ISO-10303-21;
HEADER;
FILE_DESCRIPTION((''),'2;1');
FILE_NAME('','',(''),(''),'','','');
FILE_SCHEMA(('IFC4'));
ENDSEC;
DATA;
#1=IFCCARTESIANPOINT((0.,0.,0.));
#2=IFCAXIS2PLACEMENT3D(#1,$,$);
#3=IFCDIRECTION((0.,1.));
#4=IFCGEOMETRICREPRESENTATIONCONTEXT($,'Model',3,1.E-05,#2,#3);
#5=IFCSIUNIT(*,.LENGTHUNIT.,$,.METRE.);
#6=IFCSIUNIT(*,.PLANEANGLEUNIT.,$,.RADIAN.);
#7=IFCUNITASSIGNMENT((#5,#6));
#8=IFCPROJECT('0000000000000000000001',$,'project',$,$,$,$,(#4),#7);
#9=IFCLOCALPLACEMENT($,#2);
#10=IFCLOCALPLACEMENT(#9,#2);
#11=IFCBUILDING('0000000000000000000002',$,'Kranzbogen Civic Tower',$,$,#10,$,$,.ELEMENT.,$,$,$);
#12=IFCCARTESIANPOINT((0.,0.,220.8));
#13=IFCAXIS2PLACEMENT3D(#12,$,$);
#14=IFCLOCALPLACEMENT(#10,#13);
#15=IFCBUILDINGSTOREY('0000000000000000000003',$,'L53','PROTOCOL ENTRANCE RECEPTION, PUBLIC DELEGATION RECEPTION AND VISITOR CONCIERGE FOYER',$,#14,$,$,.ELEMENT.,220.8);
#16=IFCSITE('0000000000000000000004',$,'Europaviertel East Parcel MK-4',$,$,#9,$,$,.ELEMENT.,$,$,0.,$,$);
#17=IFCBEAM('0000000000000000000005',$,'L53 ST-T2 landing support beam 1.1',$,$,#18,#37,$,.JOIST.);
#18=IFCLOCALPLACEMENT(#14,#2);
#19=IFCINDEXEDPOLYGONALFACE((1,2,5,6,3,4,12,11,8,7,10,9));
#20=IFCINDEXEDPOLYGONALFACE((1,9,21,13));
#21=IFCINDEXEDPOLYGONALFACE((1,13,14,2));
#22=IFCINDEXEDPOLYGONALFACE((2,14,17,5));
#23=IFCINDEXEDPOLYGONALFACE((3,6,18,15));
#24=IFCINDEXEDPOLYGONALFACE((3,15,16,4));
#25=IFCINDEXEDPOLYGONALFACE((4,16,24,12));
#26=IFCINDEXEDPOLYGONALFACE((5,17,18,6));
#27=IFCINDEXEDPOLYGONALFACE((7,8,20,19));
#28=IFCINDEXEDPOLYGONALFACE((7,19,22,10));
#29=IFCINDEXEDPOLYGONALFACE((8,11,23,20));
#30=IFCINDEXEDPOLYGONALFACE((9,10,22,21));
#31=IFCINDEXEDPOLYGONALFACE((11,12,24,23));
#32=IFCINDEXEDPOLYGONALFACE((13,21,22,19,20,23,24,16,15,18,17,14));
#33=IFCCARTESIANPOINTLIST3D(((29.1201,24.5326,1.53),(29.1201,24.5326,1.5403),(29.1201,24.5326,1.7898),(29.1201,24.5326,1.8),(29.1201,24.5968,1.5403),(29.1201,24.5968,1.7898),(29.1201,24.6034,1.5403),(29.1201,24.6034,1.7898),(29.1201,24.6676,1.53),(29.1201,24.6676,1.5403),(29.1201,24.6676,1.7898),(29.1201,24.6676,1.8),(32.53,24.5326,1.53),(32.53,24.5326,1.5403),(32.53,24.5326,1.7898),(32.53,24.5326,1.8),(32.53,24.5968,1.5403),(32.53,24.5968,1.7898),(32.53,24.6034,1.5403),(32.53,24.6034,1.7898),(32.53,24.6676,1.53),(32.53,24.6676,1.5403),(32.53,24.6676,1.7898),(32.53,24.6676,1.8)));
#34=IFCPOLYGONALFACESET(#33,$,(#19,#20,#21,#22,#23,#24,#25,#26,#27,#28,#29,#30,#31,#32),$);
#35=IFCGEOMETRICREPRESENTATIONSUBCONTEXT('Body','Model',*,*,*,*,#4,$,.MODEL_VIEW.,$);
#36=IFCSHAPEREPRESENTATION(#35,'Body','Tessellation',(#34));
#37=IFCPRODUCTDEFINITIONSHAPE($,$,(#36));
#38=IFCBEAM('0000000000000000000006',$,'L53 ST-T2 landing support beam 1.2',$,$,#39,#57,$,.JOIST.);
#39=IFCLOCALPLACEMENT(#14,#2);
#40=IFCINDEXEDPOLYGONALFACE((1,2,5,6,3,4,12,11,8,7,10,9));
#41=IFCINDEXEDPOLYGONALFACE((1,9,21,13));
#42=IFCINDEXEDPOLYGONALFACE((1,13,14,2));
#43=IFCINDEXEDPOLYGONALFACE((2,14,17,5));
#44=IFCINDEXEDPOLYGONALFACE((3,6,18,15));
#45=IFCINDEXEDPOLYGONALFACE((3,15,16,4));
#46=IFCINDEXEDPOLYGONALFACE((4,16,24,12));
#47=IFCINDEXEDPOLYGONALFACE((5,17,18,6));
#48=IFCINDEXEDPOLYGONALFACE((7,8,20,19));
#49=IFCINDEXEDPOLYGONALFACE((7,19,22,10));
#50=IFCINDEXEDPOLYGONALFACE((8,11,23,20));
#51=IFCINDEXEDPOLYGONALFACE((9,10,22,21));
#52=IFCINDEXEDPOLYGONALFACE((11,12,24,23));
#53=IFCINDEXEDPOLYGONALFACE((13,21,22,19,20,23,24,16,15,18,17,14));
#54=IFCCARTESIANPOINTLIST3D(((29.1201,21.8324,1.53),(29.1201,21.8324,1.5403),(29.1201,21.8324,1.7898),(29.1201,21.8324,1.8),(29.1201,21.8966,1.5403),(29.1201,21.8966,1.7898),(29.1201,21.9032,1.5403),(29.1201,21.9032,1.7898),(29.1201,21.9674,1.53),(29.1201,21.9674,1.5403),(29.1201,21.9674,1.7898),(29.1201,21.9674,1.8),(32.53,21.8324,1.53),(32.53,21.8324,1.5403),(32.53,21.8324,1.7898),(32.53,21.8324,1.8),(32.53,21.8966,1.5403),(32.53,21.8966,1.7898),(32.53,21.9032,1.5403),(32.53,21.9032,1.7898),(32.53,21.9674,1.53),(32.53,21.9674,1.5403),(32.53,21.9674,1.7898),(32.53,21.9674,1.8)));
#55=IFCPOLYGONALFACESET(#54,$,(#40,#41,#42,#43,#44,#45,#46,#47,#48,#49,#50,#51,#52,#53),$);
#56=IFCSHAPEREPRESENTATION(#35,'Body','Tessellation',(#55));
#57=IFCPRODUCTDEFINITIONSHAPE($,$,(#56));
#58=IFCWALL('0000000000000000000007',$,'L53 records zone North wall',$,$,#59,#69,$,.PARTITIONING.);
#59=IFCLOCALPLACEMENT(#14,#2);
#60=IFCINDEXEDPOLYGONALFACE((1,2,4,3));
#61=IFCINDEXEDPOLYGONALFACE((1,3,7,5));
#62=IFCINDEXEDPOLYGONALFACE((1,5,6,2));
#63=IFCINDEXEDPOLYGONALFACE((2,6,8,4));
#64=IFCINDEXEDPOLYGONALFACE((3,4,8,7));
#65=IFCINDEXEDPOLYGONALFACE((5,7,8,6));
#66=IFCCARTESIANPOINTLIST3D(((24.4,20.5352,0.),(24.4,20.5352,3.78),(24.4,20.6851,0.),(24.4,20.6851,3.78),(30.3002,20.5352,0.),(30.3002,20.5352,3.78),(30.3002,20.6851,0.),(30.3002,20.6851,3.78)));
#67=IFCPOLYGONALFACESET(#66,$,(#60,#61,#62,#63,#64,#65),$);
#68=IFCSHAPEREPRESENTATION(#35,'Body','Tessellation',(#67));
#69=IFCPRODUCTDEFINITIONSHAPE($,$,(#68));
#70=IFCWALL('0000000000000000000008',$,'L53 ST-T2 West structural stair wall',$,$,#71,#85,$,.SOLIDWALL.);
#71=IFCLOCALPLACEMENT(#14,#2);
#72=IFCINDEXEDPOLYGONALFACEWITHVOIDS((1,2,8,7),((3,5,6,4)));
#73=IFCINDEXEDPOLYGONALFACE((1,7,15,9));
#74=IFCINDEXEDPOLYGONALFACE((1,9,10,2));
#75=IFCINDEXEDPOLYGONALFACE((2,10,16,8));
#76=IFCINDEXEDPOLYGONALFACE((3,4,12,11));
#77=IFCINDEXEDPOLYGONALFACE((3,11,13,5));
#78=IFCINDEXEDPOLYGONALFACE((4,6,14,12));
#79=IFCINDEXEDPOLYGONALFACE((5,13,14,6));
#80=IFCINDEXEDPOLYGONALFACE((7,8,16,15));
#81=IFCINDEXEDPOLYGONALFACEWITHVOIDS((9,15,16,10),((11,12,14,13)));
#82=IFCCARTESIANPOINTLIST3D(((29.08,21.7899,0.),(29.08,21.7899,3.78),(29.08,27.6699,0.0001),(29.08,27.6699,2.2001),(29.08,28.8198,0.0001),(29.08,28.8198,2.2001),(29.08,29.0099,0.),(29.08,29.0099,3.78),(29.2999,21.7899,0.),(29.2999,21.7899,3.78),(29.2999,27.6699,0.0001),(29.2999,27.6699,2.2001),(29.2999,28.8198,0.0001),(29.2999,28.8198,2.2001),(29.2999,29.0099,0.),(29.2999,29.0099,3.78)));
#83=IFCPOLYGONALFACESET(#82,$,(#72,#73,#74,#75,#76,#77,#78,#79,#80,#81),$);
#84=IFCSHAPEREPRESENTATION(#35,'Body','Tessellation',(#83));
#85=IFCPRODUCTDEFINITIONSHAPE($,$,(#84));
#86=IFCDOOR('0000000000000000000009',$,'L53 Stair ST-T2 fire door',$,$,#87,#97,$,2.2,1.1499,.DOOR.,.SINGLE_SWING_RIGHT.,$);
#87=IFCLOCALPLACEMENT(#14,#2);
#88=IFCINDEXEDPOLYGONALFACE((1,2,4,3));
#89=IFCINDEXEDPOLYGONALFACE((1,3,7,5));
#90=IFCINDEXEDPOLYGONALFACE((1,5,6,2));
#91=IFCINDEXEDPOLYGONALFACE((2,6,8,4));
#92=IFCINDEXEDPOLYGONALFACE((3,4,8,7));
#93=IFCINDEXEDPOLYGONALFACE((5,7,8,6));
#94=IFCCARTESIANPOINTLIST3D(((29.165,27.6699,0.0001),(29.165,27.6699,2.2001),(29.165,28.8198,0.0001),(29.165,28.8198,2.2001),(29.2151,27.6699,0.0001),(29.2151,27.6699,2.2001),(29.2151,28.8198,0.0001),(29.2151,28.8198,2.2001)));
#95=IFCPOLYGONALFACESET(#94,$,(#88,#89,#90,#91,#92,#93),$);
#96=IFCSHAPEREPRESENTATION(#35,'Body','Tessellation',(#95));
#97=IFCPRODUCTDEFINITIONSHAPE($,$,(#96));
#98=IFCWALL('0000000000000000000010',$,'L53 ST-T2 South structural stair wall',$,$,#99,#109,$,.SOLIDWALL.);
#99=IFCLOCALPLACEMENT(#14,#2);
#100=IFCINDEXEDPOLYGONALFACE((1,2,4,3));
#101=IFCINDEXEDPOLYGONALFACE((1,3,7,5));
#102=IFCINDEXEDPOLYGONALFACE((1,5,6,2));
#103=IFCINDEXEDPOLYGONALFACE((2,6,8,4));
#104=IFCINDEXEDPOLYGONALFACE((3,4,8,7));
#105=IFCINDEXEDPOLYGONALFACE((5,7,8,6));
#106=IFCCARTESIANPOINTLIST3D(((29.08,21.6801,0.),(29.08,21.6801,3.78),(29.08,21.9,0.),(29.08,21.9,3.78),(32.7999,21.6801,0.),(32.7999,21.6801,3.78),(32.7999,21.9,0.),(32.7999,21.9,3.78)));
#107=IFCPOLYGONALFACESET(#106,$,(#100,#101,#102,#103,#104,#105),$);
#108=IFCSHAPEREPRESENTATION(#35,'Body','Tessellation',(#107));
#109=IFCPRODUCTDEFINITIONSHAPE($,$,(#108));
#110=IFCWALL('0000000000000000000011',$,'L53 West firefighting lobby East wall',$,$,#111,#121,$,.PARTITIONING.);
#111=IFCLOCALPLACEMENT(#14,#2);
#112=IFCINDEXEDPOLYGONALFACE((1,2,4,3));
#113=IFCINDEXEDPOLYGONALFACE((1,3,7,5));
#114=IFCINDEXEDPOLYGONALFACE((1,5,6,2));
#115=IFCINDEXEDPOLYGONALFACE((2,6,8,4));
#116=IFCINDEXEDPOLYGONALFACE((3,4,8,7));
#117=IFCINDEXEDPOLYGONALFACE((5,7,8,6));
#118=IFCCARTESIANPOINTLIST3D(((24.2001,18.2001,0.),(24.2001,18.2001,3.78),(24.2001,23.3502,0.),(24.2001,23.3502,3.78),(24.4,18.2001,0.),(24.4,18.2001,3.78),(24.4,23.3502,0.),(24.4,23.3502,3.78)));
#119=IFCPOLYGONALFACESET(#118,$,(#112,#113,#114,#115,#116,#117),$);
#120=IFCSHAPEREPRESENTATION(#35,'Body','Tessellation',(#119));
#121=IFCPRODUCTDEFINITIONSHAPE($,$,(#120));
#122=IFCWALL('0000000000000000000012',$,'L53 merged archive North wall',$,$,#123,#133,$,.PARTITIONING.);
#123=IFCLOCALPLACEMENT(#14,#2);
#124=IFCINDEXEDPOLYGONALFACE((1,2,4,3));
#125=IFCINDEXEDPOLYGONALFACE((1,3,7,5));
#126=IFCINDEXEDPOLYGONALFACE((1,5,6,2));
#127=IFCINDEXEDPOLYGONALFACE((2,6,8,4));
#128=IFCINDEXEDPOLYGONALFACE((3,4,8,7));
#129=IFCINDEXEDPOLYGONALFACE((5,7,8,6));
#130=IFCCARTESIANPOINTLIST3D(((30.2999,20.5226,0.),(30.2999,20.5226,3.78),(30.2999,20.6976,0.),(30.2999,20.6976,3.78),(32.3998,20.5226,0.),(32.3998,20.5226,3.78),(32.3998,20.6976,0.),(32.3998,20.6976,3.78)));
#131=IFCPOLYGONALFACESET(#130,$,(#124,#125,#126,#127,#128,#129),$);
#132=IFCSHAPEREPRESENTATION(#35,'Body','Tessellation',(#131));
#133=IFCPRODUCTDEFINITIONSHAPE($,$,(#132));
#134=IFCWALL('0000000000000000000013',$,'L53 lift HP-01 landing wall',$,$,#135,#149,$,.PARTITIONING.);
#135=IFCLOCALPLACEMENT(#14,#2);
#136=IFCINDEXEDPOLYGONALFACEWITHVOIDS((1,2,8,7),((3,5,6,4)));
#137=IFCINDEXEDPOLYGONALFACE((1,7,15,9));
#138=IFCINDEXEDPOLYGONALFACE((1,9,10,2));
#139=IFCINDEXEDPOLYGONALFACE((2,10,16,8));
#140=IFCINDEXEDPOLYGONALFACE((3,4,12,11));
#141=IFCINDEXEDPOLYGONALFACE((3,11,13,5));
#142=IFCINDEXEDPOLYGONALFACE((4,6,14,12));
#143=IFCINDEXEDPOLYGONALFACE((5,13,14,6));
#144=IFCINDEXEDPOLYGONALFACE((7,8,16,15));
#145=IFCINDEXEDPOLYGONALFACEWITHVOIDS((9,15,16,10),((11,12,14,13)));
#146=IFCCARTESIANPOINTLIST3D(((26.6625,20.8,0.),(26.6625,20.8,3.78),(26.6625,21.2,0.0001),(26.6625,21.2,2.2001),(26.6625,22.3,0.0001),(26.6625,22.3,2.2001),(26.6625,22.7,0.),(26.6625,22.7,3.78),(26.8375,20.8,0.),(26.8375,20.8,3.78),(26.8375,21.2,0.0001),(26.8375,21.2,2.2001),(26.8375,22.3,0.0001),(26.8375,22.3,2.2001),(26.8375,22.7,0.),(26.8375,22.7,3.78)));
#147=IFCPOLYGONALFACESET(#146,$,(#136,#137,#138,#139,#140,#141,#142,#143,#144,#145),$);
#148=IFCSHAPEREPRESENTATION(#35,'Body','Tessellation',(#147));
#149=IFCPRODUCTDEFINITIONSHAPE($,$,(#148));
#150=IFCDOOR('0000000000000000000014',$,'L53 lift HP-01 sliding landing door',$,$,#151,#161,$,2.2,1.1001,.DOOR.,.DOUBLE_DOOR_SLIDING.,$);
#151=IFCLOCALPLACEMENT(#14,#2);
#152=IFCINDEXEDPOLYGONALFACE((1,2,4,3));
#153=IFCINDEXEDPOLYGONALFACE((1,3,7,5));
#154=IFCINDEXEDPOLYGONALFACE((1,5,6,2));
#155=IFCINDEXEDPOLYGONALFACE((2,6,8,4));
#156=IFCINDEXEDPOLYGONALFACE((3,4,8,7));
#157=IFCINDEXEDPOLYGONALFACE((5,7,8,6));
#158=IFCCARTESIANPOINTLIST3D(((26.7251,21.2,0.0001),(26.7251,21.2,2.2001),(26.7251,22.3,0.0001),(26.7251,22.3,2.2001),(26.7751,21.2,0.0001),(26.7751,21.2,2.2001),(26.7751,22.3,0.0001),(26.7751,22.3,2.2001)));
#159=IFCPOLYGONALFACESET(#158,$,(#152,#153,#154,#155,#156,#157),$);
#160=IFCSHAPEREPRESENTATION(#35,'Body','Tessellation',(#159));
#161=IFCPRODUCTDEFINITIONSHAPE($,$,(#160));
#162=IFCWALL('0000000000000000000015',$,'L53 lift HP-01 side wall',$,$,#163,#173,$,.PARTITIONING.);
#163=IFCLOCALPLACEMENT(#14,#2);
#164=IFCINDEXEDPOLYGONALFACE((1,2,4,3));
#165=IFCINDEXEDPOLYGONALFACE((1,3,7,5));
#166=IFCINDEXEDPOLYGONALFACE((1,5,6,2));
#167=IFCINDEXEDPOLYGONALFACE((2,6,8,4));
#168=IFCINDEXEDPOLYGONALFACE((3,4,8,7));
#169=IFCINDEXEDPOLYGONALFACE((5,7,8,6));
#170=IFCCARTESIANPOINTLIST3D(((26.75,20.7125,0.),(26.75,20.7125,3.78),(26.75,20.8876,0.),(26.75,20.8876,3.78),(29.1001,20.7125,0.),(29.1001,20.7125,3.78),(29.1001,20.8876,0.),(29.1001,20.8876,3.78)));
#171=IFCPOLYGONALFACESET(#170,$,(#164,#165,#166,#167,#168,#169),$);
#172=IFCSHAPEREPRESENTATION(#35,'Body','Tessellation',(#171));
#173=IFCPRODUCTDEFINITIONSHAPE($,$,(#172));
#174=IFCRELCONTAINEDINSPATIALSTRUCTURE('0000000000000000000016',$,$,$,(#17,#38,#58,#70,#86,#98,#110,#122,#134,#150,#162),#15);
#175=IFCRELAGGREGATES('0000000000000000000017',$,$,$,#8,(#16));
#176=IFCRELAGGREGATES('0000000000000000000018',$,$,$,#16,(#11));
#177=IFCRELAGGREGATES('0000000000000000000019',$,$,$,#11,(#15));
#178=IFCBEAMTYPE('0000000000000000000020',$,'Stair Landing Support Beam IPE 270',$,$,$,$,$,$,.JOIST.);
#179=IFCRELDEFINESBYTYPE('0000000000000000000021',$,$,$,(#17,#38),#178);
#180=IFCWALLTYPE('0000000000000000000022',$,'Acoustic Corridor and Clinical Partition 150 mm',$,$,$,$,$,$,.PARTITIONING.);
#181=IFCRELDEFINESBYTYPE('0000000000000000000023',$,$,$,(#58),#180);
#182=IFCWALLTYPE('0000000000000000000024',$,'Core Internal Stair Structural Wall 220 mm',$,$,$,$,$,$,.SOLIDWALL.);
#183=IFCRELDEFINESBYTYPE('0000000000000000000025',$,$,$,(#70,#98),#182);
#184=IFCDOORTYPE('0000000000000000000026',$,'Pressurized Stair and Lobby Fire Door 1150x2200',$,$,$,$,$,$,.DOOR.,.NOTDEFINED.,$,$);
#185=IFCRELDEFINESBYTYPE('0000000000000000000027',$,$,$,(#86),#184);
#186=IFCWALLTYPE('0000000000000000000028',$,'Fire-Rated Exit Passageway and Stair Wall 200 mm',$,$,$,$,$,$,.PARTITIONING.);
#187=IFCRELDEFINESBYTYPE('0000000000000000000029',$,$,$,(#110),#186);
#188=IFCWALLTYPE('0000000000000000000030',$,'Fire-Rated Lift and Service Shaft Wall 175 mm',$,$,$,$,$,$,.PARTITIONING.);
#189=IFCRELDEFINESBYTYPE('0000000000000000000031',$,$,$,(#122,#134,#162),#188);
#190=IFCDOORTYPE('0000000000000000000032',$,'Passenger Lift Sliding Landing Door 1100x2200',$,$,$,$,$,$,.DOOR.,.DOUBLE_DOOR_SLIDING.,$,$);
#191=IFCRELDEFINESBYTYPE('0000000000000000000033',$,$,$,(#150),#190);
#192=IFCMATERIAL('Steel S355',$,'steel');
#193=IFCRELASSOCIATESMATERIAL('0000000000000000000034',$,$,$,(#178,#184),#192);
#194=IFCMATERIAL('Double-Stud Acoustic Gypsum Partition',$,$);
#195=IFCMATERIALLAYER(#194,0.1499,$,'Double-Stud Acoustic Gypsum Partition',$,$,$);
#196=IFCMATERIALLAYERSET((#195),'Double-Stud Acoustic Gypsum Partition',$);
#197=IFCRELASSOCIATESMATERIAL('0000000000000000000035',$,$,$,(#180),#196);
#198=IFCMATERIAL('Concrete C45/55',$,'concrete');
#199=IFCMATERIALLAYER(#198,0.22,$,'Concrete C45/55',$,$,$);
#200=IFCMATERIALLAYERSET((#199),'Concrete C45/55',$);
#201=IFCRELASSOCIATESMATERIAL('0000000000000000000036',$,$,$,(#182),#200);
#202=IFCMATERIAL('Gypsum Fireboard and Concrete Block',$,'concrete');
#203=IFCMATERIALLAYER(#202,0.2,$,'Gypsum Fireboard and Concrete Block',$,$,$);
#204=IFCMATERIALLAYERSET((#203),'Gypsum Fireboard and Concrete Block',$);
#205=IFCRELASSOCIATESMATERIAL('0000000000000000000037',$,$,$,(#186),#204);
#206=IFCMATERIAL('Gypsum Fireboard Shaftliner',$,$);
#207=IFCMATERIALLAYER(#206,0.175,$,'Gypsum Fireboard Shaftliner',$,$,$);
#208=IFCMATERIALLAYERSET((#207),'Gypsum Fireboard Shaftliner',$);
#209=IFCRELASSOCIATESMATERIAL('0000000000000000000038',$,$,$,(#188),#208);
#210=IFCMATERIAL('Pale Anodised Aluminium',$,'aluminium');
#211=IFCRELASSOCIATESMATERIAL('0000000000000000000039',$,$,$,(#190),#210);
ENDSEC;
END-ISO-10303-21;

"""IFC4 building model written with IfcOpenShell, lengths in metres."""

from ifc_helpers import new_model, si_unit, direction, frame, frame_2d, origin, origin_2d, place, context, subcontext, project, spatial, rectangle, i_section, extrude, material, layer, layer_set, material_profile, profile_set, type_object, element, fill, save


model = new_model("IFC4")

# Units and contexts
model_context = context("Model", 3, precision=1e-05, world=origin(), true_north=direction((0.0, 1.0)))
body_context = subcontext(model_context, "Body", "Model", "MODEL_VIEW")
ifc_project = project(units=[si_unit("LENGTHUNIT", "METRE"), si_unit("PLANEANGLEUNIT", "RADIAN")], contexts=[model_context])

# Site, building, storey
site_placement = place(None, origin())
site = spatial("IfcSite", under=ifc_project, at=site_placement, Name="Europaviertel East Parcel MK-4", CompositionType="ELEMENT", RefElevation=0.0)
building_placement = place(site_placement, origin())
building = spatial("IfcBuilding", under=site, at=building_placement, Name="Kranzbogen Civic Tower", CompositionType="ELEMENT")
storey_placement = place(building_placement, frame((0.0, 0.0, 220.8)))
storey = spatial("IfcBuildingStorey", under=building, at=storey_placement, Name="L53", Description="PROTOCOL ENTRANCE RECEPTION, PUBLIC DELEGATION RECEPTION AND VISITOR CONCIERGE FOYER", CompositionType="ELEMENT", Elevation=220.8)

# Beams
ifc_material_1 = material(Name="Steel S355", Category="steel")
ifc_material_profile = material_profile(ifc_material_1, i_section(OverallWidth=0.135, OverallDepth=0.27, WebThickness=0.0066, FlangeThickness=0.0103, at=origin_2d()), Name="IPE 270")
ifc_profile_set = profile_set([ifc_material_profile], Name="Steel S355")
beam_type = type_object("IfcBeamType", Name="Stair Landing Support Beam IPE 270", PredefinedType="JOIST", material=ifc_profile_set)
for number, where, z_axis, x_axis, name in (
    (1, (29.1201, 24.6001, 1.665), (1.0, 0.0, 0.0), (0.0, 1.0, 0.0), "L53 ST-T2 landing support beam 1.1"),
    (2, (29.1201, 21.8999, 1.665), (1.0, 0.0, 0.0), (0.0, 1.0, 0.0), "L53 ST-T2 landing support beam 1.2"),
):
    element("IfcBeam", number, at=place(storey_placement, frame(where, z_axis=z_axis, x_axis=x_axis)), inside=storey, type_object=beam_type, Name=name, PredefinedType="JOIST", context=body_context, shape_type="SweptSolid", body=[
        extrude(i_section(OverallWidth=0.135, OverallDepth=0.27, WebThickness=0.0066, FlangeThickness=0.0103, at=origin_2d()), origin(), (0.0, 0.0, 1.0), 3.4099),
    ])

# Wall
ifc_material_2 = material(Name="Double-Stud Acoustic Gypsum Partition")
ifc_layer_1 = layer(ifc_material_2, 0.1499, Name="Double-Stud Acoustic Gypsum Partition")
ifc_layer_set_1 = layer_set([ifc_layer_1], Name="Double-Stud Acoustic Gypsum Partition")
wall_type_1 = type_object("IfcWallType", Name="Acoustic Corridor and Clinical Partition 150 mm", PredefinedType="PARTITIONING", material=ifc_layer_set_1)
wall_1_placement = place(storey_placement, frame((24.3999, 20.6101, 0.0), z_axis=(0.0, 0.0, 1.0), x_axis=(1.0, 0.0, 0.0)))
element("IfcWall", 3, at=wall_1_placement, inside=storey, type_object=wall_type_1, Name="L53 records zone North wall", PredefinedType="PARTITIONING", context=body_context, shape_type="SweptSolid", body=[
    extrude(rectangle(XDim=5.9001, YDim=0.1499, at=frame_2d((2.9502, 0.0))), origin(), (0.0, 0.0, 1.0), 3.78),
])

# Wall, opening, door
ifc_material_3 = material(Name="Concrete C45/55", Category="concrete")
ifc_layer_2 = layer(ifc_material_3, 0.22, Name="Concrete C45/55")
ifc_layer_set_2 = layer_set([ifc_layer_2], Name="Concrete C45/55")
wall_type_2 = type_object("IfcWallType", Name="Core Internal Stair Structural Wall 220 mm", PredefinedType="SOLIDWALL", material=ifc_layer_set_2)
wall_2_placement = place(storey_placement, frame((29.1899, 21.79, 0.0), z_axis=(0.0, 0.0, 1.0), x_axis=(0.0, 1.0, 0.0)))
wall_2 = element("IfcWall", 4, at=wall_2_placement, inside=storey, type_object=wall_type_2, Name="L53 ST-T2 West structural stair wall", PredefinedType="SOLIDWALL", context=body_context, shape_type="SweptSolid", body=[
    extrude(rectangle(XDim=7.22, YDim=0.22, at=frame_2d((3.6099, 0.0))), origin(), (0.0, 0.0, 1.0), 3.78),
])
opening_1_placement = place(wall_2_placement, frame((5.8799, 0.0, 0.0)))
opening_1 = element("IfcOpeningElement", 5, at=opening_1_placement, cuts=wall_2, PredefinedType="OPENING", context=body_context, shape_type="SweptSolid", body=[
    extrude(rectangle(XDim=1.1499, YDim=2.2, at=frame_2d((0.575, 1.1001))), frame((0.0, 0.1201, 0.0), z_axis=(0.0, -1.0, 0.0), x_axis=(1.0, 0.0, 0.0)), (0.0, 0.0, 1.0), 0.24),
])
door_type_1 = type_object("IfcDoorType", Name="Pressurized Stair and Lobby Fire Door 1150x2200", OperationType="NOTDEFINED", PredefinedType="DOOR", material=ifc_material_1)
door_1_placement = place(opening_1_placement, origin())
door_1 = element("IfcDoor", 6, at=door_1_placement, inside=storey, type_object=door_type_1, Name="L53 Stair ST-T2 fire door", OperationType="SINGLE_SWING_RIGHT", OverallHeight=2.2, OverallWidth=1.1499, PredefinedType="DOOR", context=body_context, shape_type="SweptSolid", body=[
    extrude(rectangle(XDim=1.1499, YDim=2.2, at=frame_2d((0.575, 1.1001))), frame((0.0, 0.0249, 0.0), z_axis=(0.0, -1.0, 0.0), x_axis=(1.0, 0.0, 0.0)), (0.0, 0.0, 1.0), 0.05),
])
fill(opening_1, door_1)

# Walls
wall_3_placement = place(storey_placement, frame((29.0801, 21.79, 0.0), z_axis=(0.0, 0.0, 1.0), x_axis=(1.0, 0.0, 0.0)))
element("IfcWall", 7, at=wall_3_placement, inside=storey, type_object=wall_type_2, Name="L53 ST-T2 South structural stair wall", PredefinedType="SOLIDWALL", context=body_context, shape_type="SweptSolid", body=[
    extrude(rectangle(XDim=3.72, YDim=0.22, at=frame_2d((1.8599, 0.0))), origin(), (0.0, 0.0, 1.0), 3.78),
])
ifc_material_4 = material(Name="Gypsum Fireboard and Concrete Block", Category="concrete")
ifc_layer_3 = layer(ifc_material_4, 0.2, Name="Gypsum Fireboard and Concrete Block")
ifc_layer_set_3 = layer_set([ifc_layer_3], Name="Gypsum Fireboard and Concrete Block")
wall_type_3 = type_object("IfcWallType", Name="Fire-Rated Exit Passageway and Stair Wall 200 mm", PredefinedType="PARTITIONING", material=ifc_layer_set_3)
wall_4_placement = place(storey_placement, frame((24.3, 18.2, 0.0), z_axis=(0.0, 0.0, 1.0), x_axis=(0.0, 1.0, 0.0)))
element("IfcWall", 8, at=wall_4_placement, inside=storey, type_object=wall_type_3, Name="L53 West firefighting lobby East wall", PredefinedType="PARTITIONING", context=body_context, shape_type="SweptSolid", body=[
    extrude(rectangle(XDim=5.1501, YDim=0.2, at=frame_2d((2.5752, 0.0))), origin(), (0.0, 0.0, 1.0), 3.78),
])
ifc_material_5 = material(Name="Gypsum Fireboard Shaftliner")
ifc_layer_4 = layer(ifc_material_5, 0.175, Name="Gypsum Fireboard Shaftliner")
ifc_layer_set_4 = layer_set([ifc_layer_4], Name="Gypsum Fireboard Shaftliner")
wall_type_4 = type_object("IfcWallType", Name="Fire-Rated Lift and Service Shaft Wall 175 mm", PredefinedType="PARTITIONING", material=ifc_layer_set_4)
wall_5_placement = place(storey_placement, frame((30.3, 20.6101, 0.0), z_axis=(0.0, 0.0, 1.0), x_axis=(1.0, 0.0, 0.0)))
element("IfcWall", 9, at=wall_5_placement, inside=storey, type_object=wall_type_4, Name="L53 merged archive North wall", PredefinedType="PARTITIONING", context=body_context, shape_type="SweptSolid", body=[
    extrude(rectangle(XDim=2.0999, YDim=0.175, at=frame_2d((1.0498, 0.0))), origin(), (0.0, 0.0, 1.0), 3.78),
])

# Wall, opening, door
wall_6_placement = place(storey_placement, frame((26.75, 20.8, 0.0), z_axis=(0.0, 0.0, 1.0), x_axis=(0.0, 1.0, 0.0)))
wall_6 = element("IfcWall", 10, at=wall_6_placement, inside=storey, type_object=wall_type_4, Name="L53 lift HP-01 landing wall", PredefinedType="PARTITIONING", context=body_context, shape_type="SweptSolid", body=[
    extrude(rectangle(XDim=1.8999, YDim=0.175, at=frame_2d((0.95, 0.0))), origin(), (0.0, 0.0, 1.0), 3.78),
])
opening_2_placement = place(wall_6_placement, frame((0.3999, 0.0, 0.0)))
opening_2 = element("IfcOpeningElement", 11, at=opening_2_placement, cuts=wall_6, PredefinedType="OPENING", context=body_context, shape_type="SweptSolid", body=[
    extrude(rectangle(XDim=1.1001, YDim=2.2, at=frame_2d((0.55, 1.1001))), frame((0.0, 0.0977, 0.0), z_axis=(0.0, -1.0, 0.0), x_axis=(1.0, 0.0, 0.0)), (0.0, 0.0, 1.0), 0.1951),
])
ifc_material_6 = material(Name="Pale Anodised Aluminium", Category="aluminium")
door_type_2 = type_object("IfcDoorType", Name="Passenger Lift Sliding Landing Door 1100x2200", OperationType="DOUBLE_DOOR_SLIDING", PredefinedType="DOOR", material=ifc_material_6)
door_2_placement = place(opening_2_placement, origin())
door_2 = element("IfcDoor", 12, at=door_2_placement, inside=storey, type_object=door_type_2, Name="L53 lift HP-01 sliding landing door", OperationType="DOUBLE_DOOR_SLIDING", OverallHeight=2.2, OverallWidth=1.1001, PredefinedType="DOOR", context=body_context, shape_type="SweptSolid", body=[
    extrude(rectangle(XDim=1.1001, YDim=2.2, at=frame_2d((0.55, 1.1001))), frame((0.0, 0.0249, 0.0), z_axis=(0.0, -1.0, 0.0), x_axis=(1.0, 0.0, 0.0)), (0.0, 0.0, 1.0), 0.05),
])
fill(opening_2, door_2)

# Wall
wall_7_placement = place(storey_placement, frame((26.75, 20.8, 0.0), z_axis=(0.0, 0.0, 1.0), x_axis=(1.0, 0.0, 0.0)))
element("IfcWall", 13, at=wall_7_placement, inside=storey, type_object=wall_type_4, Name="L53 lift HP-01 side wall", PredefinedType="PARTITIONING", context=body_context, shape_type="SweptSolid", body=[
    extrude(rectangle(XDim=2.3501, YDim=0.175, at=frame_2d((1.175, 0.0))), origin(), (0.0, 0.0, 1.0), 3.78),
])

save(model, "model.ifc")
